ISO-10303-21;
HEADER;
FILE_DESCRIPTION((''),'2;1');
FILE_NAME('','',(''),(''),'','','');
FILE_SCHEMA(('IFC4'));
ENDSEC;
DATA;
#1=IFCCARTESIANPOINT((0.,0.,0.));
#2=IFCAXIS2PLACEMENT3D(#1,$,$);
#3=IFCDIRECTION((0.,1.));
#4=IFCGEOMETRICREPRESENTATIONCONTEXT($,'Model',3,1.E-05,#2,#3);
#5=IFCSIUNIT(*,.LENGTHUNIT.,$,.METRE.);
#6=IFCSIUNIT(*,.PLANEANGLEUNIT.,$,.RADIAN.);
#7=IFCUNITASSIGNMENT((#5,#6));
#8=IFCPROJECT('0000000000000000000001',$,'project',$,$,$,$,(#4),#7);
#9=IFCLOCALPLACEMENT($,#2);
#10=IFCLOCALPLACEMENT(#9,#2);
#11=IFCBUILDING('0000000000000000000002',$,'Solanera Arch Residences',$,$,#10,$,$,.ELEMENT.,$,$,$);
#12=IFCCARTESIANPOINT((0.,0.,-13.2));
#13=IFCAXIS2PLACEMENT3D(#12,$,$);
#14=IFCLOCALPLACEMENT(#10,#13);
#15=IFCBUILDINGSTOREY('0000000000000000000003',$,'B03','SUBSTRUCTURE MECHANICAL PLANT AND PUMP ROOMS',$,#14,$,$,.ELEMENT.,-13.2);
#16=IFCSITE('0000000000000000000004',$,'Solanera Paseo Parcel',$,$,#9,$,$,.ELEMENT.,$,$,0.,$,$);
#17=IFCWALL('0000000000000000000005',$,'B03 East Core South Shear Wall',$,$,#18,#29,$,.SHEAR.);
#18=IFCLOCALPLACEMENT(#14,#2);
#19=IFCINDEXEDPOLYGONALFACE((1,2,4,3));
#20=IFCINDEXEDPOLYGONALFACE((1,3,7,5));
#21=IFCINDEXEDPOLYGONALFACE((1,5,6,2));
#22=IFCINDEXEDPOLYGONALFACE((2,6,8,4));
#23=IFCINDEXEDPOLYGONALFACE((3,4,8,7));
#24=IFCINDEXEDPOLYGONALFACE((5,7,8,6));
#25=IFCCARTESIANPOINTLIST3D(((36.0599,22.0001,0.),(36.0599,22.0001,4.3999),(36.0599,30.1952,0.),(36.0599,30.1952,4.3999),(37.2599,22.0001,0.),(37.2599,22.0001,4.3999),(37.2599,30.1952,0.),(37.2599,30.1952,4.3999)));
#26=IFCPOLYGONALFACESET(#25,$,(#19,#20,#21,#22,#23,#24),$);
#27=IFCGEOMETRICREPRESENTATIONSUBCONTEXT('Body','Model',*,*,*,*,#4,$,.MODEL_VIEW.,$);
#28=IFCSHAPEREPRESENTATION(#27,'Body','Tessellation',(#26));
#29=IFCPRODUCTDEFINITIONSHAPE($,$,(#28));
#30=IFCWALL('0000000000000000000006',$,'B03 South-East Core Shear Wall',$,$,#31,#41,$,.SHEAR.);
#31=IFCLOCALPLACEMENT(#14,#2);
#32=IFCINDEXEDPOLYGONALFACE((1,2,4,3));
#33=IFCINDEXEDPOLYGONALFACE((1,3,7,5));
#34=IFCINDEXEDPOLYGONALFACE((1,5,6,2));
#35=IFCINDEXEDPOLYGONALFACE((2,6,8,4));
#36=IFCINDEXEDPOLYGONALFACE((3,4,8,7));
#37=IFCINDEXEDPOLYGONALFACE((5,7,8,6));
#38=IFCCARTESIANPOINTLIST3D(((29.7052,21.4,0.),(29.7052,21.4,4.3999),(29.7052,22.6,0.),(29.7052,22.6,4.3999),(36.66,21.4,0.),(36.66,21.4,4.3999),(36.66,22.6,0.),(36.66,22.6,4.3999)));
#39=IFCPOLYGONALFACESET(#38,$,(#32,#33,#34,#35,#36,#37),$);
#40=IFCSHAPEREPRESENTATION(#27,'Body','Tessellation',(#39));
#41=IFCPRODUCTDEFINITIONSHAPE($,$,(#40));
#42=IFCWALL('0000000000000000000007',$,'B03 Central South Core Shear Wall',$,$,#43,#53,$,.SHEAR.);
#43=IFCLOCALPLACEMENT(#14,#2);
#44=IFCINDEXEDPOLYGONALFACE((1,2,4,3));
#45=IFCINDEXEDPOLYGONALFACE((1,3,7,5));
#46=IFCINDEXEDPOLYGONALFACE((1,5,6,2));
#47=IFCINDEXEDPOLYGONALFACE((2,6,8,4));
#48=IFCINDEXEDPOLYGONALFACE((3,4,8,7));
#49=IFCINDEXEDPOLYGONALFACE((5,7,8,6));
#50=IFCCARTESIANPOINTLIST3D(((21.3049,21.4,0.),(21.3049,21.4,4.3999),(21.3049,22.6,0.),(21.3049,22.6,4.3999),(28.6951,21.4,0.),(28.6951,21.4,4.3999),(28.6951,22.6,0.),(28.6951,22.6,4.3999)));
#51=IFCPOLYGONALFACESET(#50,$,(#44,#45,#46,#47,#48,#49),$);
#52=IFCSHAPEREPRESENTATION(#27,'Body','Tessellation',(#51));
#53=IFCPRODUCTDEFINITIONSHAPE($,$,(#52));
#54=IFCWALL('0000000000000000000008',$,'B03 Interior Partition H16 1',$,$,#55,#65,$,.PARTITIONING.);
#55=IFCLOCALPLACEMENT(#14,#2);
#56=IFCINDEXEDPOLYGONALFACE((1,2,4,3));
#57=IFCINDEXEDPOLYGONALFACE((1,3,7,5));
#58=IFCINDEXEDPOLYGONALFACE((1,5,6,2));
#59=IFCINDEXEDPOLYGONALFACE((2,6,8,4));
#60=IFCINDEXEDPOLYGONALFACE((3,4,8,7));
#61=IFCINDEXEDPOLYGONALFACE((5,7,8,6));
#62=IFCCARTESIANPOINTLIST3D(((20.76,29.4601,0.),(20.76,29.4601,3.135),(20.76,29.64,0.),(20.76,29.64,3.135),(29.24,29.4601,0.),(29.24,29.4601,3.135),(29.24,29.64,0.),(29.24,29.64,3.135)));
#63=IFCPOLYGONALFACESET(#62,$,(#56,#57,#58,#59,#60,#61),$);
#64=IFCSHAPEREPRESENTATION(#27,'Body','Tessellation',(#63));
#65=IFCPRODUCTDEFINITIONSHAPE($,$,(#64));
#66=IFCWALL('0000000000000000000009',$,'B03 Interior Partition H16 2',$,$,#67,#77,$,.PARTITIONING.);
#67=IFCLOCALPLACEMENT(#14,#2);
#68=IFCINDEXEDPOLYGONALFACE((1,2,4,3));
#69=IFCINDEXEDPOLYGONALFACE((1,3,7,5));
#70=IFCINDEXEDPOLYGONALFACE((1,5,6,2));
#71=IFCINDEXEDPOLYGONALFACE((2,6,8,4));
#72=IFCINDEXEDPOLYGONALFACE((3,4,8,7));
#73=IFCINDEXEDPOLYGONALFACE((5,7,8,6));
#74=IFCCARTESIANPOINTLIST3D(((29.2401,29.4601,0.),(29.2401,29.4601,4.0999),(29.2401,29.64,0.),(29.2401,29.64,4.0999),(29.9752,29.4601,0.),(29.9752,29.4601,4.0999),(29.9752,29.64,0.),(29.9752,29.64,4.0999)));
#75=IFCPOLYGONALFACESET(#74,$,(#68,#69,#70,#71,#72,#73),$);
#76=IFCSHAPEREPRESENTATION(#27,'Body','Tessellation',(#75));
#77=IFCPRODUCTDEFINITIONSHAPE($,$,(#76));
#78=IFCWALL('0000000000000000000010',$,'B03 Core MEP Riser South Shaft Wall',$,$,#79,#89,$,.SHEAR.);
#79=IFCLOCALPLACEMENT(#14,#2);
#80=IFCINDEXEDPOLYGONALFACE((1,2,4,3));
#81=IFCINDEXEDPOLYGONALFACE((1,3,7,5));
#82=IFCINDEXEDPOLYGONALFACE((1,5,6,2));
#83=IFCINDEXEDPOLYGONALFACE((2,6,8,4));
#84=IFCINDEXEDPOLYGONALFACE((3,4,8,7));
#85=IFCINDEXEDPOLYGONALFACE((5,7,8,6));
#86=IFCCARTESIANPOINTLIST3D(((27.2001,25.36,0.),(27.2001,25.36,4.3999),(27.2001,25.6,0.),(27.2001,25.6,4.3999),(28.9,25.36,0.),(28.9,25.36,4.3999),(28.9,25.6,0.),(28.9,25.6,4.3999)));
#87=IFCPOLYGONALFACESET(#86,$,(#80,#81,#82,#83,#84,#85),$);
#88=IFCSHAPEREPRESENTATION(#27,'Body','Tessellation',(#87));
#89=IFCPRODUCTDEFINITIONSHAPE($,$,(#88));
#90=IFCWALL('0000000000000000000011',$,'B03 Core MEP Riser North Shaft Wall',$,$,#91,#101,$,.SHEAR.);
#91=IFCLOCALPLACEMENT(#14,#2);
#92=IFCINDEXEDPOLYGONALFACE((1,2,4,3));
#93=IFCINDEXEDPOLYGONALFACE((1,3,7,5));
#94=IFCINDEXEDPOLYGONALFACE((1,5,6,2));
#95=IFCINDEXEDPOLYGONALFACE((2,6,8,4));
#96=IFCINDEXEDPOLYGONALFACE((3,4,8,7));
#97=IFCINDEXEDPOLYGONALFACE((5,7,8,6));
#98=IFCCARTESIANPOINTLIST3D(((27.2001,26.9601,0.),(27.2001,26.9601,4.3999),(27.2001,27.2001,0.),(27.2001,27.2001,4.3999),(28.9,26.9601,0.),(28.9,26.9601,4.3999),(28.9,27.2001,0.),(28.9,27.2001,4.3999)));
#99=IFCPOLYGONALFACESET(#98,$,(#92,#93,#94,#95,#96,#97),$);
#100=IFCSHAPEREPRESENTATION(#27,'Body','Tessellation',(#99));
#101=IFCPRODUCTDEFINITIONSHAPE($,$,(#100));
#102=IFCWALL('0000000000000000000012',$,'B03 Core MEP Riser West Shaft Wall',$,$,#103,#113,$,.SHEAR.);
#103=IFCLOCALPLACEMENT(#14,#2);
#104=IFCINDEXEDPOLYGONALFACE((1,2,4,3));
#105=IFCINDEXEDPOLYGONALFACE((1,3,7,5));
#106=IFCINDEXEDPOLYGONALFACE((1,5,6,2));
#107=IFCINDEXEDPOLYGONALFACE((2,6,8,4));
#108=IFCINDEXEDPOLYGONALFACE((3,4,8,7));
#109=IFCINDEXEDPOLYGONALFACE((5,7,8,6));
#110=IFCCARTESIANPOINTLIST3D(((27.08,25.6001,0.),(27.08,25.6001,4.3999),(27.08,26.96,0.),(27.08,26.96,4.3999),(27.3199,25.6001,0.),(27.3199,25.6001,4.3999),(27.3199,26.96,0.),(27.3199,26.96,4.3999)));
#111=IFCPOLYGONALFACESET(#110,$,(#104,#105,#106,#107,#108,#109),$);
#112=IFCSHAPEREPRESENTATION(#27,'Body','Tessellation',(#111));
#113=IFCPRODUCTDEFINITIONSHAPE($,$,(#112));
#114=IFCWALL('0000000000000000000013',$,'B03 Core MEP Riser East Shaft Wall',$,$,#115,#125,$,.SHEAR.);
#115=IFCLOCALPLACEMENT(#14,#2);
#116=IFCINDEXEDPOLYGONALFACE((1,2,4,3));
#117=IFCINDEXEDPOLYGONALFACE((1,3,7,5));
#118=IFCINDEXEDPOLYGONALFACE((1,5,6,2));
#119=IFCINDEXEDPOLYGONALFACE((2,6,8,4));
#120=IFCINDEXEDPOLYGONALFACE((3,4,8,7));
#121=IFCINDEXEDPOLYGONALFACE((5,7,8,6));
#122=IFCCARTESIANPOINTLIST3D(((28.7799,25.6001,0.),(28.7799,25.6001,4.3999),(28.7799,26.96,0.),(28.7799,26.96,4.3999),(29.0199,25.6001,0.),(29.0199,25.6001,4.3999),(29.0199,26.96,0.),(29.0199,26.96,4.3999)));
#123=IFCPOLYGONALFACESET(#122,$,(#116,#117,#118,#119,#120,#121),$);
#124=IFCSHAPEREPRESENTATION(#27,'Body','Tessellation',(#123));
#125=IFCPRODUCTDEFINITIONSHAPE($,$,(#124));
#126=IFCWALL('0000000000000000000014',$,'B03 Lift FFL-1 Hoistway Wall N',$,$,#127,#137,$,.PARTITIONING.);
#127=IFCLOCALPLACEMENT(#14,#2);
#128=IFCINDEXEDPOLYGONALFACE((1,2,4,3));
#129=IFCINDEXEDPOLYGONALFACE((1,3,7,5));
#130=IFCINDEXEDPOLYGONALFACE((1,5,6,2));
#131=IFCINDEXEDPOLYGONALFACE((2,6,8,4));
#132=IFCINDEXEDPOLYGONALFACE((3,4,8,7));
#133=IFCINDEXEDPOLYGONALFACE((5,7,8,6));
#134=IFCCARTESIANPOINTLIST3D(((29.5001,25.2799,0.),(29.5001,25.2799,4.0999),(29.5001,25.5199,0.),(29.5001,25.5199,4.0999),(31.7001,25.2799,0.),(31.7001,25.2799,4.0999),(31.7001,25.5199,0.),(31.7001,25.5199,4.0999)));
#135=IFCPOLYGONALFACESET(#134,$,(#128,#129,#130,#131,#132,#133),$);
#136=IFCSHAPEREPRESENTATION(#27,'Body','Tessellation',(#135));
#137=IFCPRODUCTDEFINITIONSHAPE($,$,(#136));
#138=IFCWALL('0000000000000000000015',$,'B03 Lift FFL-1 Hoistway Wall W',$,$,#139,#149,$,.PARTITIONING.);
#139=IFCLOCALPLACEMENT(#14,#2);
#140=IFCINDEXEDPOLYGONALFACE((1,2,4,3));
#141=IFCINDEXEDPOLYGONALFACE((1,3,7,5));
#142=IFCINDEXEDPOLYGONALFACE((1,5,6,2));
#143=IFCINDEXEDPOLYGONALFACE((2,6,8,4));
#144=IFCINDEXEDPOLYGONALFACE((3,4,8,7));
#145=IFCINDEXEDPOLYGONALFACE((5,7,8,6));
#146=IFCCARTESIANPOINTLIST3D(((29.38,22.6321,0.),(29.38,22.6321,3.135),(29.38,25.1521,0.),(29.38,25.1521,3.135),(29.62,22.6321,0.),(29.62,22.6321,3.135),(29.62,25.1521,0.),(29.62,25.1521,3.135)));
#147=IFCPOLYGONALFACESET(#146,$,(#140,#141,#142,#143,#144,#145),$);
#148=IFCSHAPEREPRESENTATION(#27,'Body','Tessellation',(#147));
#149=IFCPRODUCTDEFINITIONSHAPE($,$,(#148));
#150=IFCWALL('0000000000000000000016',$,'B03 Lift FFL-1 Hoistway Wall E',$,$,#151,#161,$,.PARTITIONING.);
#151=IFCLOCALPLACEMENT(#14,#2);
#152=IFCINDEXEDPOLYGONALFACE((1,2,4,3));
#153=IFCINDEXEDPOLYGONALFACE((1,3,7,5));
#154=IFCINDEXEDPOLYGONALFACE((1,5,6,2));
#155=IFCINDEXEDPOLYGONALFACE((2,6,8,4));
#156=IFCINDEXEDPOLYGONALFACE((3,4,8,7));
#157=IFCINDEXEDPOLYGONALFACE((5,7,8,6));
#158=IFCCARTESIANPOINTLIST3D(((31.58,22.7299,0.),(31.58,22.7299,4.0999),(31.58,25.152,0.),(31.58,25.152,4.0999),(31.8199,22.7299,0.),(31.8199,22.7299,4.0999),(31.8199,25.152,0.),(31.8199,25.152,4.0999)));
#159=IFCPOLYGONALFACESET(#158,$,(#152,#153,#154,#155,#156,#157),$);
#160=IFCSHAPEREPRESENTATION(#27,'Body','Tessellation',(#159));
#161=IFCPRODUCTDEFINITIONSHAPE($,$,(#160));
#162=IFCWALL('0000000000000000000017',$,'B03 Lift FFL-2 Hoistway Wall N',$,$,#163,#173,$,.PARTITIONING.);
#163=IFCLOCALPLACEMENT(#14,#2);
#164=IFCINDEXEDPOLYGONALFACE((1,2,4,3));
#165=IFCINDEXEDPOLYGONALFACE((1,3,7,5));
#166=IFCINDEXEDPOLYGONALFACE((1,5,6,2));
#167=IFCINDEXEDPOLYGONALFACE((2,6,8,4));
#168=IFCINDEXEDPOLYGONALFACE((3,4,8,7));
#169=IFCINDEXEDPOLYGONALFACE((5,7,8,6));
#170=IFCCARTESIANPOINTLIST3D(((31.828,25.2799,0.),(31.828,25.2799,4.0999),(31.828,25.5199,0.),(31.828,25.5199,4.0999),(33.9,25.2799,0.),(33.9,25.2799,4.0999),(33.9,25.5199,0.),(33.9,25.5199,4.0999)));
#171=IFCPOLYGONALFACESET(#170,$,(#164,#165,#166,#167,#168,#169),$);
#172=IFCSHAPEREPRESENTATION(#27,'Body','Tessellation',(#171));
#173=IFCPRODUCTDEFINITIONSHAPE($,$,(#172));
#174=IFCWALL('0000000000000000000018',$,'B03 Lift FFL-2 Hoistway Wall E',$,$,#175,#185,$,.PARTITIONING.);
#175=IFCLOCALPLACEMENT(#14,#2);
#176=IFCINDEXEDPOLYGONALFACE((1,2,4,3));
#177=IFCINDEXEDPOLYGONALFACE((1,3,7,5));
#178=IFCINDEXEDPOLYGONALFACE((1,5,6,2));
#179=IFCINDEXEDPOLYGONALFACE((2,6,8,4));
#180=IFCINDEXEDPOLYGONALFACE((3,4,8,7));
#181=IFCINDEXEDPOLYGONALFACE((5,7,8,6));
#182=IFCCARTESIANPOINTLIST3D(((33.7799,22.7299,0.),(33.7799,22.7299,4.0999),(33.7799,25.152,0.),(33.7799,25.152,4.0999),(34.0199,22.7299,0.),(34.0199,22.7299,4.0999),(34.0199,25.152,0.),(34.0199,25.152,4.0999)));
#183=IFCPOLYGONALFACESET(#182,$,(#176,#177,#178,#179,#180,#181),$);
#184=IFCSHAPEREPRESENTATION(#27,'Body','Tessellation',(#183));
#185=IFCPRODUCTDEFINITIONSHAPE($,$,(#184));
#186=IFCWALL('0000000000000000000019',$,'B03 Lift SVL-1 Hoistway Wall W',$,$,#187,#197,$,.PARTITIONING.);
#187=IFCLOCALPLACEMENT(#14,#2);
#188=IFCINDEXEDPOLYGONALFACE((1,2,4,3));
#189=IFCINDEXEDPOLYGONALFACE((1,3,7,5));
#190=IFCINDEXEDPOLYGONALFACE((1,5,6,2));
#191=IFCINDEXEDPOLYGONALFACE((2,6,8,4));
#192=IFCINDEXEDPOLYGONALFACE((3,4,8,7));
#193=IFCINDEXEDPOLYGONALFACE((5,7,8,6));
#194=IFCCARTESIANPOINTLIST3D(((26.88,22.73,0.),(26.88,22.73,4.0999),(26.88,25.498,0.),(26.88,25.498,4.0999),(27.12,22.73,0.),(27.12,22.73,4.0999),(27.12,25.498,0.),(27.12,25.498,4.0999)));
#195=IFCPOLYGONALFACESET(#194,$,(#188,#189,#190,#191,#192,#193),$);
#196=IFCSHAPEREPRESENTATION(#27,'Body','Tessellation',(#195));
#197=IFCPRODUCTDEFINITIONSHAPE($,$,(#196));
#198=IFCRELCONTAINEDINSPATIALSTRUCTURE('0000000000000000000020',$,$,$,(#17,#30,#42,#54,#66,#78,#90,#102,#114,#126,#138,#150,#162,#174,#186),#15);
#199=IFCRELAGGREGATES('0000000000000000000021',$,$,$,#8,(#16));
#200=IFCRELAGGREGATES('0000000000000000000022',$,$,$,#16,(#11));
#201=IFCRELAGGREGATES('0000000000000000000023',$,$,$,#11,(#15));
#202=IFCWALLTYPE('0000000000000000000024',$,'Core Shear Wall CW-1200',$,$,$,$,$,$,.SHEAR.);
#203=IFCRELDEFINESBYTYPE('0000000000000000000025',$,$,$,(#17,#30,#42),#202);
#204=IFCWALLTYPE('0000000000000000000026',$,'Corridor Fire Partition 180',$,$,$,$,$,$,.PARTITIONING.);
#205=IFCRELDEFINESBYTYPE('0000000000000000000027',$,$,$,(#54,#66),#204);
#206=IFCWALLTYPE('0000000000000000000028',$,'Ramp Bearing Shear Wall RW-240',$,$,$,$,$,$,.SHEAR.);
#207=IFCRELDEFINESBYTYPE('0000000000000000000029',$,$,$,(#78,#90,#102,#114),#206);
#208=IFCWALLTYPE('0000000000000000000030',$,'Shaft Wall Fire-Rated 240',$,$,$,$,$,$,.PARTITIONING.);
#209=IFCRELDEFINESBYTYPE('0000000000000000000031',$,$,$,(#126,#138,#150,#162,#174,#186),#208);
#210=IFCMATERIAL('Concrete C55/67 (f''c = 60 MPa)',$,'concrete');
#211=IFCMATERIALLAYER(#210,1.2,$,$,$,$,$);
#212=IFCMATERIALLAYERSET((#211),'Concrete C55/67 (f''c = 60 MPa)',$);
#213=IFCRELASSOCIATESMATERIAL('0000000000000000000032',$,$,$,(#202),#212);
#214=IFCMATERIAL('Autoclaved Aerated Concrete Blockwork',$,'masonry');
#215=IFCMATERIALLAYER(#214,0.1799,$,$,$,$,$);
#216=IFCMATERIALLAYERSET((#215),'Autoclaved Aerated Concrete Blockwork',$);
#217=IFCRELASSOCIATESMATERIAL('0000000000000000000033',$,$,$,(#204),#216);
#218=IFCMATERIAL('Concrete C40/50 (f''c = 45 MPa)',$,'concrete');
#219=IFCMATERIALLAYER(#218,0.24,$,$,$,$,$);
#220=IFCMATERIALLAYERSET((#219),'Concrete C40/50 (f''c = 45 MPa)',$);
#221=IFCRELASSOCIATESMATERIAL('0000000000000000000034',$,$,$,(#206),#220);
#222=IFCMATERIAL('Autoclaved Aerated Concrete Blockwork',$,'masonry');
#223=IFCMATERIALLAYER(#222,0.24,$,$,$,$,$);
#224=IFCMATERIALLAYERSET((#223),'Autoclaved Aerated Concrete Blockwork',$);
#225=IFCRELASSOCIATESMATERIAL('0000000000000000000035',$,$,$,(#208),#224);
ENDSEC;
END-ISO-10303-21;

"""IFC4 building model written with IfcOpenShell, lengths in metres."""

from ifc_helpers import new_model, si_unit, direction, frame, frame_2d, origin, place, context, subcontext, project, spatial, rectangle, extrude, material, layer, layer_set, type_object, element, save


model = new_model("IFC4")

# Units and contexts
model_context = context("Model", 3, precision=1e-05, world=origin(), true_north=direction((0.0, 1.0)))
body_context = subcontext(model_context, "Body", "Model", "MODEL_VIEW")
ifc_project = project(units=[si_unit("LENGTHUNIT", "METRE"), si_unit("PLANEANGLEUNIT", "RADIAN")], contexts=[model_context])

# Site, building, storey
site_placement = place(None, origin())
site = spatial("IfcSite", under=ifc_project, at=site_placement, Name="Solanera Paseo Parcel", CompositionType="ELEMENT", RefElevation=0.0)
building_placement = place(site_placement, origin())
building = spatial("IfcBuilding", under=site, at=building_placement, Name="Solanera Arch Residences", CompositionType="ELEMENT")
storey_placement = place(building_placement, frame((0.0, 0.0, -13.2)))
storey = spatial("IfcBuildingStorey", under=building, at=storey_placement, Name="B03", Description="SUBSTRUCTURE MECHANICAL PLANT AND PUMP ROOMS", CompositionType="ELEMENT", Elevation=-13.2)

# Walls
ifc_material_1 = material(Name="Concrete C55/67 (f'c = 60 MPa)", Category="concrete")
ifc_layer_1 = layer(ifc_material_1, 1.2)
ifc_layer_set_1 = layer_set([ifc_layer_1], Name="Concrete C55/67 (f'c = 60 MPa)")
wall_type_1 = type_object("IfcWallType", Name="Core Shear Wall CW-1200", PredefinedType="SHEAR", material=ifc_layer_set_1)
wall_1_placement = place(storey_placement, frame((36.6599, 22.0, 0.0), z_axis=(0.0, 0.0, 1.0), x_axis=(0.0, 1.0, 0.0)))
element("IfcWall", 1, at=wall_1_placement, inside=storey, type_object=wall_type_1, Name="B03 East Core South Shear Wall", PredefinedType="SHEAR", context=body_context, shape_type="SweptSolid", body=[
    extrude(rectangle(XDim=8.1951, YDim=1.2, at=frame_2d((4.0977, 0.0))), origin(), (0.0, 0.0, 1.0), 4.3999),
])
wall_2_placement = place(storey_placement, frame((29.7051, 22.0, 0.0), z_axis=(0.0, 0.0, 1.0), x_axis=(1.0, 0.0, 0.0)))
element("IfcWall", 2, at=wall_2_placement, inside=storey, type_object=wall_type_1, Name="B03 South-East Core Shear Wall", PredefinedType="SHEAR", context=body_context, shape_type="SweptSolid", body=[
    extrude(rectangle(XDim=6.9548, YDim=1.2, at=frame_2d((3.4775, 0.0))), origin(), (0.0, 0.0, 1.0), 4.3999),
])
wall_3_placement = place(storey_placement, frame((21.3049, 22.0, 0.0), z_axis=(0.0, 0.0, 1.0), x_axis=(1.0, 0.0, 0.0)))
element("IfcWall", 3, at=wall_3_placement, inside=storey, type_object=wall_type_1, Name="B03 Central South Core Shear Wall", PredefinedType="SHEAR", context=body_context, shape_type="SweptSolid", body=[
    extrude(rectangle(XDim=7.3901, YDim=1.2, at=frame_2d((3.6951, 0.0))), origin(), (0.0, 0.0, 1.0), 4.3999),
])
ifc_material_2 = material(Name="Autoclaved Aerated Concrete Blockwork", Category="masonry")
ifc_layer_2 = layer(ifc_material_2, 0.1799)
ifc_layer_set_2 = layer_set([ifc_layer_2], Name="Autoclaved Aerated Concrete Blockwork")
wall_type_2 = type_object("IfcWallType", Name="Corridor Fire Partition 180", PredefinedType="PARTITIONING", material=ifc_layer_set_2)
wall_4_placement = place(storey_placement, frame((20.76, 29.55, 0.0), z_axis=(0.0, 0.0, 1.0), x_axis=(1.0, 0.0, 0.0)))
element("IfcWall", 4, at=wall_4_placement, inside=storey, type_object=wall_type_2, Name="B03 Interior Partition H16 1", PredefinedType="PARTITIONING", context=body_context, shape_type="SweptSolid", body=[
    extrude(rectangle(XDim=8.48, YDim=0.1799, at=frame_2d((4.24, 0.0))), origin(), (0.0, 0.0, 1.0), 3.135),
])
wall_5_placement = place(storey_placement, frame((29.24, 29.55, 0.0), z_axis=(0.0, 0.0, 1.0), x_axis=(1.0, 0.0, 0.0)))
element("IfcWall", 5, at=wall_5_placement, inside=storey, type_object=wall_type_2, Name="B03 Interior Partition H16 2", PredefinedType="PARTITIONING", context=body_context, shape_type="SweptSolid", body=[
    extrude(rectangle(XDim=0.7351, YDim=0.1799, at=frame_2d((0.3677, 0.0))), origin(), (0.0, 0.0, 1.0), 4.0999),
])
ifc_material_3 = material(Name="Concrete C40/50 (f'c = 45 MPa)", Category="concrete")
ifc_layer_3 = layer(ifc_material_3, 0.24)
ifc_layer_set_3 = layer_set([ifc_layer_3], Name="Concrete C40/50 (f'c = 45 MPa)")
wall_type_3 = type_object("IfcWallType", Name="Ramp Bearing Shear Wall RW-240", PredefinedType="SHEAR", material=ifc_layer_set_3)
for number, where, z_axis, x_axis, name in (
    (6, (27.2, 25.48, 0.0), (0.0, 0.0, 1.0), (1.0, 0.0, 0.0), "B03 Core MEP Riser South Shaft Wall"),
    (7, (27.2, 27.0801, 0.0), (0.0, 0.0, 1.0), (1.0, 0.0, 0.0), "B03 Core MEP Riser North Shaft Wall"),
):
    element("IfcWall", number, at=place(storey_placement, frame(where, z_axis=z_axis, x_axis=x_axis)), inside=storey, type_object=wall_type_3, Name=name, PredefinedType="SHEAR", context=body_context, shape_type="SweptSolid", body=[
        extrude(rectangle(XDim=1.7, YDim=0.24, at=frame_2d((0.8501, 0.0))), origin(), (0.0, 0.0, 1.0), 4.3999),
    ])
for number, where, z_axis, x_axis, name in (
    (8, (27.2, 25.6001, 0.0), (0.0, 0.0, 1.0), (0.0, 1.0, 0.0), "B03 Core MEP Riser West Shaft Wall"),
    (9, (28.8999, 25.6001, 0.0), (0.0, 0.0, 1.0), (0.0, 1.0, 0.0), "B03 Core MEP Riser East Shaft Wall"),
):
    element("IfcWall", number, at=place(storey_placement, frame(where, z_axis=z_axis, x_axis=x_axis)), inside=storey, type_object=wall_type_3, Name=name, PredefinedType="SHEAR", context=body_context, shape_type="SweptSolid", body=[
        extrude(rectangle(XDim=1.3599, YDim=0.24, at=frame_2d((0.6799, 0.0))), origin(), (0.0, 0.0, 1.0), 4.3999),
    ])
ifc_material_4 = material(Name="Autoclaved Aerated Concrete Blockwork", Category="masonry")
ifc_layer_4 = layer(ifc_material_4, 0.24)
ifc_layer_set_4 = layer_set([ifc_layer_4], Name="Autoclaved Aerated Concrete Blockwork")
wall_type_4 = type_object("IfcWallType", Name="Shaft Wall Fire-Rated 240", PredefinedType="PARTITIONING", material=ifc_layer_set_4)
wall_6_placement = place(storey_placement, frame((29.5, 25.3999, 0.0), z_axis=(0.0, 0.0, 1.0), x_axis=(1.0, 0.0, 0.0)))
element("IfcWall", 10, at=wall_6_placement, inside=storey, type_object=wall_type_4, Name="B03 Lift FFL-1 Hoistway Wall N", PredefinedType="PARTITIONING", context=body_context, shape_type="SweptSolid", body=[
    extrude(rectangle(XDim=2.2, YDim=0.24, at=frame_2d((1.1001, 0.0))), origin(), (0.0, 0.0, 1.0), 4.0999),
])
wall_7_placement = place(storey_placement, frame((29.5, 22.6321, 0.0), z_axis=(0.0, 0.0, 1.0), x_axis=(0.0, 1.0, 0.0)))
element("IfcWall", 11, at=wall_7_placement, inside=storey, type_object=wall_type_4, Name="B03 Lift FFL-1 Hoistway Wall W", PredefinedType="PARTITIONING", context=body_context, shape_type="SweptSolid", body=[
    extrude(rectangle(XDim=2.52, YDim=0.24, at=frame_2d((1.26, 0.0))), origin(), (0.0, 0.0, 1.0), 3.135),
])
wall_8_placement = place(storey_placement, frame((31.7, 22.73, 0.0), z_axis=(0.0, 0.0, 1.0), x_axis=(0.0, 1.0, 0.0)))
element("IfcWall", 12, at=wall_8_placement, inside=storey, type_object=wall_type_4, Name="B03 Lift FFL-1 Hoistway Wall E", PredefinedType="PARTITIONING", context=body_context, shape_type="SweptSolid", body=[
    extrude(rectangle(XDim=2.4221, YDim=0.24, at=frame_2d((1.2109, 0.0))), origin(), (0.0, 0.0, 1.0), 4.0999),
])
wall_9_placement = place(storey_placement, frame((31.8279, 25.3999, 0.0), z_axis=(0.0, 0.0, 1.0), x_axis=(1.0, 0.0, 0.0)))
element("IfcWall", 13, at=wall_9_placement, inside=storey, type_object=wall_type_4, Name="B03 Lift FFL-2 Hoistway Wall N", PredefinedType="PARTITIONING", context=body_context, shape_type="SweptSolid", body=[
    extrude(rectangle(XDim=2.072, YDim=0.24, at=frame_2d((1.0361, 0.0))), origin(), (0.0, 0.0, 1.0), 4.0999),
])
wall_10_placement = place(storey_placement, frame((33.8999, 22.73, 0.0), z_axis=(0.0, 0.0, 1.0), x_axis=(0.0, 1.0, 0.0)))
element("IfcWall", 14, at=wall_10_placement, inside=storey, type_object=wall_type_4, Name="B03 Lift FFL-2 Hoistway Wall E", PredefinedType="PARTITIONING", context=body_context, shape_type="SweptSolid", body=[
    extrude(rectangle(XDim=2.4221, YDim=0.24, at=frame_2d((1.2109, 0.0))), origin(), (0.0, 0.0, 1.0), 4.0999),
])
wall_11_placement = place(storey_placement, frame((27.0, 22.73, 0.0), z_axis=(0.0, 0.0, 1.0), x_axis=(0.0, 1.0, 0.0)))
element("IfcWall", 15, at=wall_11_placement, inside=storey, type_object=wall_type_4, Name="B03 Lift SVL-1 Hoistway Wall W", PredefinedType="PARTITIONING", context=body_context, shape_type="SweptSolid", body=[
    extrude(rectangle(XDim=2.7681, YDim=0.24, at=frame_2d((1.384, 0.0))), origin(), (0.0, 0.0, 1.0), 4.0999),
])

save(model, "model.ifc")
